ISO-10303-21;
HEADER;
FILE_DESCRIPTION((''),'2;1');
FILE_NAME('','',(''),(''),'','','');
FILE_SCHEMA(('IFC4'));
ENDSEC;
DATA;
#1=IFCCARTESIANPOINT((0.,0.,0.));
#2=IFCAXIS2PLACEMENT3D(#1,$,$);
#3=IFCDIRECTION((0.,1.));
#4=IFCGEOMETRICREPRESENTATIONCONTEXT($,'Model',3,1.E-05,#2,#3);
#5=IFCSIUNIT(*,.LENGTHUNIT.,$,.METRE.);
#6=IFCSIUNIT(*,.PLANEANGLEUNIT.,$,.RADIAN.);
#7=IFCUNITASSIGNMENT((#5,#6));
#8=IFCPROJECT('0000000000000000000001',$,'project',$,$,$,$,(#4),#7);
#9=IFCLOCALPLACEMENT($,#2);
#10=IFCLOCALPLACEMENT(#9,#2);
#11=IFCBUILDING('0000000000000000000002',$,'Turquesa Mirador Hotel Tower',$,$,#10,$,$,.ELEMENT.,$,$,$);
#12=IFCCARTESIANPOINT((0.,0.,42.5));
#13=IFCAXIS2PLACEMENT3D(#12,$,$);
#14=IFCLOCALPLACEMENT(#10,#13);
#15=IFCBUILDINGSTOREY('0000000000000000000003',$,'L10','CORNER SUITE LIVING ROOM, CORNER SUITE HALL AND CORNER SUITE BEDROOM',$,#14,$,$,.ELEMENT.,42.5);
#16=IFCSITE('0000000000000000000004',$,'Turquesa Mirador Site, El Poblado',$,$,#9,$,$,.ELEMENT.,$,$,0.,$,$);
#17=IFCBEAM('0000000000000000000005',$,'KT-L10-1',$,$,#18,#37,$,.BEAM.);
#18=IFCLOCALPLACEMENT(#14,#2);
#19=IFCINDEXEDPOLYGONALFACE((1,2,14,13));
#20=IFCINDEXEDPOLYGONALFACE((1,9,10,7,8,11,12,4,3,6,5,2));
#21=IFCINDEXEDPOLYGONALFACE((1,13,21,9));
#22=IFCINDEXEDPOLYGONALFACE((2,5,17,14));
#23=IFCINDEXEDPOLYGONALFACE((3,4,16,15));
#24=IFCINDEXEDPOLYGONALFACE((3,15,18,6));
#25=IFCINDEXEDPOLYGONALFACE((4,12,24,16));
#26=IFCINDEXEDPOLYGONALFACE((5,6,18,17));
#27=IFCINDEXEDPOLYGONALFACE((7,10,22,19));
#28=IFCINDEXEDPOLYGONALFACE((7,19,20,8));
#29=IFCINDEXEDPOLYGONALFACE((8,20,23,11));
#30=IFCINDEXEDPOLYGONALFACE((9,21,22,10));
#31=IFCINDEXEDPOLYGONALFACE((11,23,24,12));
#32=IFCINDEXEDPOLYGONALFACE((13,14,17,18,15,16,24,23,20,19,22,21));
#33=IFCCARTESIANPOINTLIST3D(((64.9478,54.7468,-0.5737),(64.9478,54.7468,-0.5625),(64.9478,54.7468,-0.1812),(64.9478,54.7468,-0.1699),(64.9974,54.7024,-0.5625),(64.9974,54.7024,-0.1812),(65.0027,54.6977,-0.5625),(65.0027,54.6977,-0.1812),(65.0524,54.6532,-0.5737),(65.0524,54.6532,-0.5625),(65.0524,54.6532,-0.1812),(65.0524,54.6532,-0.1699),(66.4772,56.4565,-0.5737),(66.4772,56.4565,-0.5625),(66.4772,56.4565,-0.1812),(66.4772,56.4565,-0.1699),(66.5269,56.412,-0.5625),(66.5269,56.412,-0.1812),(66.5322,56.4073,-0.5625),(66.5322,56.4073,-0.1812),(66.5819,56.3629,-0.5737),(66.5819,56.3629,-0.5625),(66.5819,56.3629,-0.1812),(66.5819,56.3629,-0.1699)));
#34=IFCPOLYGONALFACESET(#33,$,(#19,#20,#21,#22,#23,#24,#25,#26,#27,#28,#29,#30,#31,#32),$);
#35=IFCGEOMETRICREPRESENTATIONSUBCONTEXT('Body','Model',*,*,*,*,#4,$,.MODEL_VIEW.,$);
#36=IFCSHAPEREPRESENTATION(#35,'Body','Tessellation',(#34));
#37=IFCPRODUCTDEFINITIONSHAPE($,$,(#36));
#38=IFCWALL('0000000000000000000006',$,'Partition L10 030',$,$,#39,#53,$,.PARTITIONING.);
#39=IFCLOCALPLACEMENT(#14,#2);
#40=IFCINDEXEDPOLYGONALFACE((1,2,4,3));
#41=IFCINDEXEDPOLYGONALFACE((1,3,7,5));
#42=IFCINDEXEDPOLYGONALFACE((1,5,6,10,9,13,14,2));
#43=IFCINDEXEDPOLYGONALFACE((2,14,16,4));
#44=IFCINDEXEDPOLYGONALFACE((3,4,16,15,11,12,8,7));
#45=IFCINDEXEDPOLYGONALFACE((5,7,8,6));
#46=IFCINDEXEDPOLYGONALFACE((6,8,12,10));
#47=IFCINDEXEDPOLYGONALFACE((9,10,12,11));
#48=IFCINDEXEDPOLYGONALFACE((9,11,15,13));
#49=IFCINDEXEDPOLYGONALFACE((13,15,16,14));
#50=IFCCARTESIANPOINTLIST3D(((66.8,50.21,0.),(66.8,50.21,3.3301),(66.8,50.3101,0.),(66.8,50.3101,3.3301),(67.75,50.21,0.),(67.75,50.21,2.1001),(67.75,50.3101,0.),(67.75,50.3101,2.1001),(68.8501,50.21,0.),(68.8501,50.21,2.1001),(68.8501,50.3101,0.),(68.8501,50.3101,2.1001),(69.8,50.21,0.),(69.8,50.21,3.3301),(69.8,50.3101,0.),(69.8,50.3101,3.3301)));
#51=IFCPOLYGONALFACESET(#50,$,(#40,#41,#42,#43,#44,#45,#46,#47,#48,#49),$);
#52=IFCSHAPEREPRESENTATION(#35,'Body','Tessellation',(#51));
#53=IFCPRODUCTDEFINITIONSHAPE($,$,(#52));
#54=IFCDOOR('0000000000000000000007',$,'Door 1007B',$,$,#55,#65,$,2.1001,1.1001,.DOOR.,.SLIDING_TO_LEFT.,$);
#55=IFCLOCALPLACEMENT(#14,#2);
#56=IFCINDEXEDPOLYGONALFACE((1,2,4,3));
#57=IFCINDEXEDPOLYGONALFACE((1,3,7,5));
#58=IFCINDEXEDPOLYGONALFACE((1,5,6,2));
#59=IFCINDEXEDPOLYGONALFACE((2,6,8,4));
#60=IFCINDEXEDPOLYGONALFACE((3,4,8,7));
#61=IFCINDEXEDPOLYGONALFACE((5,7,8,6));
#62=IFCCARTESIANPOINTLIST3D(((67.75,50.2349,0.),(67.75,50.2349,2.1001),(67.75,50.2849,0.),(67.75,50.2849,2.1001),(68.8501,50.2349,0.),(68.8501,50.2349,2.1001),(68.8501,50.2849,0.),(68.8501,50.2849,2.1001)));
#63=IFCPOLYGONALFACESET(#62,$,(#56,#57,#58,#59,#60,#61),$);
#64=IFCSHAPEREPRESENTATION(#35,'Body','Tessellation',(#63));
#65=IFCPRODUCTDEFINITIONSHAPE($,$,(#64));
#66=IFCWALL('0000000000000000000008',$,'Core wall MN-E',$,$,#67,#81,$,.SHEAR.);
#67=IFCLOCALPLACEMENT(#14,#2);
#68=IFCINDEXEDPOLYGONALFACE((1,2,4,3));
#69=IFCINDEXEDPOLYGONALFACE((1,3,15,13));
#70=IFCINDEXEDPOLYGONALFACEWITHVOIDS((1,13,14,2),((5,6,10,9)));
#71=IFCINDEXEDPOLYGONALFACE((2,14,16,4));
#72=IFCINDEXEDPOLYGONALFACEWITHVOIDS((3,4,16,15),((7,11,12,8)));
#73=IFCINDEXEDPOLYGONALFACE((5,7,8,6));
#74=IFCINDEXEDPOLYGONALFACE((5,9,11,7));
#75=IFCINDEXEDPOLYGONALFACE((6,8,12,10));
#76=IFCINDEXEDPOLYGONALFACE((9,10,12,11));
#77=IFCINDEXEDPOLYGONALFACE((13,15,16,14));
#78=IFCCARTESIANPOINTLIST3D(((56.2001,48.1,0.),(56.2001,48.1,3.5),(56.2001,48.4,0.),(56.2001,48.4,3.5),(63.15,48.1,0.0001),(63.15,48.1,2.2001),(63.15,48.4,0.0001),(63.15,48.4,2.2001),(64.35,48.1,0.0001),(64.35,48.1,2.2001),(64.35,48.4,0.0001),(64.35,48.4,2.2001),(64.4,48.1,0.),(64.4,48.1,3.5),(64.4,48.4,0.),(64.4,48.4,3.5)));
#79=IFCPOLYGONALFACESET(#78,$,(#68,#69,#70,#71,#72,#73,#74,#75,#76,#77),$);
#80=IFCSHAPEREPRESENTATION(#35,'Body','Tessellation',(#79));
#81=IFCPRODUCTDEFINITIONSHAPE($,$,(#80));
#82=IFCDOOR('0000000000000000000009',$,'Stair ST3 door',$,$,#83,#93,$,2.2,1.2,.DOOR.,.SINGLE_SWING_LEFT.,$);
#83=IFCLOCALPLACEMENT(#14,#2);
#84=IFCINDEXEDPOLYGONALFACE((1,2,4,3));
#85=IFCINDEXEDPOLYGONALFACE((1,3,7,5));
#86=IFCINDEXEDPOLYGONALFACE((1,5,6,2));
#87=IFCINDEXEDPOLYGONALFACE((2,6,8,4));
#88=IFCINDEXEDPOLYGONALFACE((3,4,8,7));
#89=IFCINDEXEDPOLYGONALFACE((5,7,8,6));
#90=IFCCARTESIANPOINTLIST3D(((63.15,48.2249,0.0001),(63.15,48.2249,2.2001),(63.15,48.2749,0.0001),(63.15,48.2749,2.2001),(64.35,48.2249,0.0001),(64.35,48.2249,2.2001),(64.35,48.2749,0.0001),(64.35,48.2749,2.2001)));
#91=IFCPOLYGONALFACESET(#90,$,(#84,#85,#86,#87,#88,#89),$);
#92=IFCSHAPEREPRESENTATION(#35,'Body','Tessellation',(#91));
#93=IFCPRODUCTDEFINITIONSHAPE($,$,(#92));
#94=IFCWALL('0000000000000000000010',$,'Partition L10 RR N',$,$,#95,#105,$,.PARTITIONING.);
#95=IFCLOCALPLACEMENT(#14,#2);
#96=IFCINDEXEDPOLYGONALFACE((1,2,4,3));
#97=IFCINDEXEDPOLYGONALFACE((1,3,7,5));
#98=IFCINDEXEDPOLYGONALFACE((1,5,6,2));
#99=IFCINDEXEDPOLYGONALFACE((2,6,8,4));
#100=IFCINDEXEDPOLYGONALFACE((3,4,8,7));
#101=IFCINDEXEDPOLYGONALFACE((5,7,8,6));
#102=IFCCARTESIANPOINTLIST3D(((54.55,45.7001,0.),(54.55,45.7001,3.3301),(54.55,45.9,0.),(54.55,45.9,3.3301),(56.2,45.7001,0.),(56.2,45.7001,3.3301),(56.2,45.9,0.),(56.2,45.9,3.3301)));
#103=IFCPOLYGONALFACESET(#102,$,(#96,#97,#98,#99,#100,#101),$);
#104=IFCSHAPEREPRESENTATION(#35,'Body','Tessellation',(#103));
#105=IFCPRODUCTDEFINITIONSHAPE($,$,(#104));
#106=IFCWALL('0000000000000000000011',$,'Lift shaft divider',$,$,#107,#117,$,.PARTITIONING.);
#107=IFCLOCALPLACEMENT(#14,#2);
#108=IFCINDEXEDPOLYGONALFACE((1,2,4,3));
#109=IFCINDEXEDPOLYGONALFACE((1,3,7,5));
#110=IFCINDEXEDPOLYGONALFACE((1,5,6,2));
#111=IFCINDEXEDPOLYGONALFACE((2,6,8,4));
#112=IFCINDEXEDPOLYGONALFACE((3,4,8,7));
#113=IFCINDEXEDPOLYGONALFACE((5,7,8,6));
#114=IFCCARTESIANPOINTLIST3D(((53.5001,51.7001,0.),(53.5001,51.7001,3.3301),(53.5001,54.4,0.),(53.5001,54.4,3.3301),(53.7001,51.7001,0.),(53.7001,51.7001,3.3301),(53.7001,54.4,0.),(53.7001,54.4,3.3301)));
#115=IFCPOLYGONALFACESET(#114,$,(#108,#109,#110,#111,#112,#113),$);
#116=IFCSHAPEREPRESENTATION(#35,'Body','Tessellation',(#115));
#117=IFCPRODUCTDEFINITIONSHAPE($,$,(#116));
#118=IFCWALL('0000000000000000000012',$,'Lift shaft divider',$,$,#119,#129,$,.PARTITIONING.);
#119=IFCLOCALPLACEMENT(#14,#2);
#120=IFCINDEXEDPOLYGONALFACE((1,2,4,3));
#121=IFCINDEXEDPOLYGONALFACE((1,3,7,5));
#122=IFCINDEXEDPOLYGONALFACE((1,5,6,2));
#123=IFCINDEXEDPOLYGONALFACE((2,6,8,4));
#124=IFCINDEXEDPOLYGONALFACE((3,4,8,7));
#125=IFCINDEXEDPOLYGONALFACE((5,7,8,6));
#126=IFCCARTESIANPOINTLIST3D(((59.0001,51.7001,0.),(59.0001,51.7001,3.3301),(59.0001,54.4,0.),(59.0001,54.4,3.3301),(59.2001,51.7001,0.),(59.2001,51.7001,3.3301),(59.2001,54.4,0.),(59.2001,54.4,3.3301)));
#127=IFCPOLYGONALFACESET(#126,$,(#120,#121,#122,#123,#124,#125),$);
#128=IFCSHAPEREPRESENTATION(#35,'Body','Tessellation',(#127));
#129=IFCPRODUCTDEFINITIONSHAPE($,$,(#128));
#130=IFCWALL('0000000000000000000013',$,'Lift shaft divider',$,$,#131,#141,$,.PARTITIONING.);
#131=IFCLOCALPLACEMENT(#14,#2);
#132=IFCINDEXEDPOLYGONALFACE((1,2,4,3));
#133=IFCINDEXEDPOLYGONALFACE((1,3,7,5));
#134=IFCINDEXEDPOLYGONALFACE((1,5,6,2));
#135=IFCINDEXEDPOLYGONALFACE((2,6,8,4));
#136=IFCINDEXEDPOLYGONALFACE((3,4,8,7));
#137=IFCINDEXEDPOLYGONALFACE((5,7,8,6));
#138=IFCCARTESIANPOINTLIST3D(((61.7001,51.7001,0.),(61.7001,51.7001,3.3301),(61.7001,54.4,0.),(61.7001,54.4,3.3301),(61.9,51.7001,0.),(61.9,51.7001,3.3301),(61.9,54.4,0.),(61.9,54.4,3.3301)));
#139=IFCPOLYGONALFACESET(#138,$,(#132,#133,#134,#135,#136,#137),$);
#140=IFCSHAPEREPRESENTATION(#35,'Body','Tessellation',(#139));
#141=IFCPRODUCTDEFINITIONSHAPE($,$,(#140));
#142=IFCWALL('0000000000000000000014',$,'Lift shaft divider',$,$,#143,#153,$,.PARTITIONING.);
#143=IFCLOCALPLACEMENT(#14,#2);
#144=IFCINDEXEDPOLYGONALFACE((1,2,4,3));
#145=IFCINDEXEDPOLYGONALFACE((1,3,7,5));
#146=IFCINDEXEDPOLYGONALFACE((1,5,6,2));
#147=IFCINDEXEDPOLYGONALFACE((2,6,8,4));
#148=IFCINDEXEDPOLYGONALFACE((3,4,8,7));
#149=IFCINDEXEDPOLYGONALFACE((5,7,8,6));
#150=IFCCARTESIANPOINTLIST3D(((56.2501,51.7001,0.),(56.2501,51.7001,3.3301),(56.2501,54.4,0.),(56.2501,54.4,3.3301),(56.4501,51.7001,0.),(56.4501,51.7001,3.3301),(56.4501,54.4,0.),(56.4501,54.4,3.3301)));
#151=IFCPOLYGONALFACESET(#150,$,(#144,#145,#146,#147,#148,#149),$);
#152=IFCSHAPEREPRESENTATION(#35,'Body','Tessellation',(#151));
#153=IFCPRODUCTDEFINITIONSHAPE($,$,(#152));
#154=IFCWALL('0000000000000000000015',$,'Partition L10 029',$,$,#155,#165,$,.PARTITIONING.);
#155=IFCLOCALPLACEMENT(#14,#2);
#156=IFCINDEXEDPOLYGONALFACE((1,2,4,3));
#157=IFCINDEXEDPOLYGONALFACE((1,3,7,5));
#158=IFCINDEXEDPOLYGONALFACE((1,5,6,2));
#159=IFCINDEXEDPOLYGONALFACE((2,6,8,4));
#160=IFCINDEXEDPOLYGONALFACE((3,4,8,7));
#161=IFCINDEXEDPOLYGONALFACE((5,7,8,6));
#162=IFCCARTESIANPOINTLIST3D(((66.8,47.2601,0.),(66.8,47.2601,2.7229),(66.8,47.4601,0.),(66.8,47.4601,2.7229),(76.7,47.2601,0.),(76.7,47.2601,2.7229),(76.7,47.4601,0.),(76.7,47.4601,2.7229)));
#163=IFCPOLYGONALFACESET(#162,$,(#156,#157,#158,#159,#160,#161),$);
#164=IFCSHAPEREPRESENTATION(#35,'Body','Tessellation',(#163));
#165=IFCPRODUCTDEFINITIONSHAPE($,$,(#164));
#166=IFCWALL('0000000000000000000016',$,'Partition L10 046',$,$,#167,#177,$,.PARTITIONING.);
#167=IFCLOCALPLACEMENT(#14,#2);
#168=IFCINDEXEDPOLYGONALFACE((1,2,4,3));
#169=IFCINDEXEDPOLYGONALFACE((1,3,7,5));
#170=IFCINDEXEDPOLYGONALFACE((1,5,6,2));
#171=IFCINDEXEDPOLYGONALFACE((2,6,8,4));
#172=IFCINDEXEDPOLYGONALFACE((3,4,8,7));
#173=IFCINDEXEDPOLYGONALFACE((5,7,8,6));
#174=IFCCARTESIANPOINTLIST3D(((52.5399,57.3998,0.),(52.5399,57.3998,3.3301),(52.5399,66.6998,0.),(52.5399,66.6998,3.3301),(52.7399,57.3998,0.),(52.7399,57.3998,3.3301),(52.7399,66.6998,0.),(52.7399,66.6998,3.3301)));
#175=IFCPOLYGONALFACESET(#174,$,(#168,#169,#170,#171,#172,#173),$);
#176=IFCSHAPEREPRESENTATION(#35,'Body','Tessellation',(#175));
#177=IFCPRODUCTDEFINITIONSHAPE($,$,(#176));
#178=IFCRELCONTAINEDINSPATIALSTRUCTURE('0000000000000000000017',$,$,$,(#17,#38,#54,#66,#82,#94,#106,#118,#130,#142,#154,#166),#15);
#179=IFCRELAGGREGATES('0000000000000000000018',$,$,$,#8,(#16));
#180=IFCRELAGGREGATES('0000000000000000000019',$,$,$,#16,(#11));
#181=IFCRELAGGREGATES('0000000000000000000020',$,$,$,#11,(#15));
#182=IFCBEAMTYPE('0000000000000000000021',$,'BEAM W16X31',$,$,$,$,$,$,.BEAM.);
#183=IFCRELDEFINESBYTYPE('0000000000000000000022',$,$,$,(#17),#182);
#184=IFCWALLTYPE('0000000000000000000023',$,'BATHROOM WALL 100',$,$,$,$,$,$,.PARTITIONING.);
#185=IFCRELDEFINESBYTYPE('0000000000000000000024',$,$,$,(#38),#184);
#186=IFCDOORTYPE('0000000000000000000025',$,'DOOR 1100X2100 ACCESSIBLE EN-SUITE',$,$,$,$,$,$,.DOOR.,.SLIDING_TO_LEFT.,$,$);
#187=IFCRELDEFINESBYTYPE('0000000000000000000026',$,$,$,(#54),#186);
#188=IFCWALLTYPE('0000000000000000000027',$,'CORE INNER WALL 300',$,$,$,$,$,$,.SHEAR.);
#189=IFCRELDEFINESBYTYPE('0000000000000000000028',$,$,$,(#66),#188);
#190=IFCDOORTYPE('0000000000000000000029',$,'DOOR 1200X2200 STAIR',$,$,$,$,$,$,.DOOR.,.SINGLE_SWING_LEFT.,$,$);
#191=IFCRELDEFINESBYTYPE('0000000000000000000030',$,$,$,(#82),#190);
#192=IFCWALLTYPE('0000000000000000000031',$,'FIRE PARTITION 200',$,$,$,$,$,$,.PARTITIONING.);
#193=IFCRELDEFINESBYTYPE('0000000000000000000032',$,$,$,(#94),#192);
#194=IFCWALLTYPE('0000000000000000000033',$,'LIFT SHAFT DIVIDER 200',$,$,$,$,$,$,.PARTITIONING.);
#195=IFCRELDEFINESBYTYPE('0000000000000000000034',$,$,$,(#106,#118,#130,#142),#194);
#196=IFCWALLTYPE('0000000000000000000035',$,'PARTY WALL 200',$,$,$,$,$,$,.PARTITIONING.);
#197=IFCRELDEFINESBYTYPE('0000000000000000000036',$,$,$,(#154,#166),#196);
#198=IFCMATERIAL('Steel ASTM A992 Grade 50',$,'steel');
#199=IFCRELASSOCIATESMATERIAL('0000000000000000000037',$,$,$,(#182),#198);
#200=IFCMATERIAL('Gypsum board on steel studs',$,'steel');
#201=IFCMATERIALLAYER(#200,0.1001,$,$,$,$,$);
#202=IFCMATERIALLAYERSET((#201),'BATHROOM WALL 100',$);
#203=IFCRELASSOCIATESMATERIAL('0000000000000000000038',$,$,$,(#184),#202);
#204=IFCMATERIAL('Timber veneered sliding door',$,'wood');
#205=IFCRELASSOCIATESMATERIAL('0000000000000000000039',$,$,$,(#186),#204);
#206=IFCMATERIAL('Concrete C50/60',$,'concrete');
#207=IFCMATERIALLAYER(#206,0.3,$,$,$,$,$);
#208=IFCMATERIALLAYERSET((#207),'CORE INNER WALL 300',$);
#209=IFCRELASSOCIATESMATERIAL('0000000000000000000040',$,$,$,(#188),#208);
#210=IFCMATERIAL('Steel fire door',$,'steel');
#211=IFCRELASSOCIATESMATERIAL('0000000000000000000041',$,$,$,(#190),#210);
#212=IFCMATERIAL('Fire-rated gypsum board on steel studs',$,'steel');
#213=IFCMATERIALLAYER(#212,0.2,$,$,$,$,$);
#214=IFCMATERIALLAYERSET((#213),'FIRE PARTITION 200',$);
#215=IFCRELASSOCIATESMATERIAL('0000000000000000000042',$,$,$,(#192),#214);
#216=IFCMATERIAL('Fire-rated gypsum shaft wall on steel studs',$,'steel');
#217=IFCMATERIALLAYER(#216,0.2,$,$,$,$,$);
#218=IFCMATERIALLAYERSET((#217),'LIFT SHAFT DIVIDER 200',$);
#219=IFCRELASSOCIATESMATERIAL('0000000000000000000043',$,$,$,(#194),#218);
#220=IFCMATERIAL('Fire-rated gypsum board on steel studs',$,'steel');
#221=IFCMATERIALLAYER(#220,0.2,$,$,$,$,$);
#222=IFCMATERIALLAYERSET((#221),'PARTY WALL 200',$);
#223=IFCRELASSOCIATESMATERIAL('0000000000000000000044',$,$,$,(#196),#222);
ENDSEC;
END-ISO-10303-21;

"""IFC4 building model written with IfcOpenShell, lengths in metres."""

from ifc_helpers import new_model, si_unit, direction, frame, frame_2d, origin, origin_2d, place, context, subcontext, project, spatial, rectangle, i_section, extrude, material, layer, layer_set, material_profile, profile_set, type_object, element, fill, save


model = new_model("IFC4")

# Units and contexts
model_context = context("Model", 3, precision=1e-05, world=origin(), true_north=direction((0.0, 1.0)))
body_context = subcontext(model_context, "Body", "Model", "MODEL_VIEW")
ifc_project = project(units=[si_unit("LENGTHUNIT", "METRE"), si_unit("PLANEANGLEUNIT", "RADIAN")], contexts=[model_context])

# Site, building, storey
site_placement = place(None, origin())
site = spatial("IfcSite", under=ifc_project, at=site_placement, Name="Turquesa Mirador Site, El Poblado", CompositionType="ELEMENT", RefElevation=0.0)
building_placement = place(site_placement, origin())
building = spatial("IfcBuilding", under=site, at=building_placement, Name="Turquesa Mirador Hotel Tower", CompositionType="ELEMENT")
storey_placement = place(building_placement, frame((0.0, 0.0, 42.5)))
storey = spatial("IfcBuildingStorey", under=building, at=storey_placement, Name="L10", Description="CORNER SUITE LIVING ROOM, CORNER SUITE HALL AND CORNER SUITE BEDROOM", CompositionType="ELEMENT", Elevation=42.5)

# Beam
ifc_material_1 = material(Name="Steel ASTM A992 Grade 50", Category="steel")
ifc_material_profile = material_profile(ifc_material_1, i_section(OverallWidth=0.1404, OverallDepth=0.4038, WebThickness=0.0071, FlangeThickness=0.0112, at=origin_2d()), Name="W16X31")
ifc_profile_set = profile_set([ifc_material_profile], Name="Steel ASTM A992 Grade 50")
beam_type = type_object("IfcBeamType", Name="BEAM W16X31", PredefinedType="BEAM", material=ifc_profile_set)
beam_placement = place(storey_placement, frame((66.5295, 56.4097, -0.3718), z_axis=(-0.666745, -0.745286, 0.0), x_axis=(0.745286, -0.666745, 0.0)))
element("IfcBeam", 1, at=beam_placement, inside=storey, type_object=beam_type, Name="KT-L10-1", PredefinedType="BEAM", context=body_context, shape_type="SweptSolid", body=[
    extrude(i_section(OverallWidth=0.1404, OverallDepth=0.4038, WebThickness=0.0071, FlangeThickness=0.0112, at=origin_2d()), origin(), (0.0, 0.0, 1.0), 2.2939),
])

# Walls, openings, doors
ifc_material_2 = material(Name="Gypsum board on steel studs", Category="steel")
ifc_layer_1 = layer(ifc_material_2, 0.1001)
ifc_layer_set_1 = layer_set([ifc_layer_1], Name="BATHROOM WALL 100")
wall_type_1 = type_object("IfcWallType", Name="BATHROOM WALL 100", PredefinedType="PARTITIONING", material=ifc_layer_set_1)
wall_1_placement = place(storey_placement, frame((66.8, 50.26, 0.0), z_axis=(0.0, 0.0, 1.0), x_axis=(1.0, 0.0, 0.0)))
wall_1 = element("IfcWall", 2, at=wall_1_placement, inside=storey, type_object=wall_type_1, Name="Partition L10 030", PredefinedType="PARTITIONING", context=body_context, shape_type="SweptSolid", body=[
    extrude(rectangle(XDim=3.0, YDim=0.1001, at=frame_2d((1.5, 0.0))), origin(), (0.0, 0.0, 1.0), 3.3301),
])
opening_1_placement = place(wall_1_placement, frame((0.95, 0.0, 0.0)))
opening_1 = element("IfcOpeningElement", 3, at=opening_1_placement, cuts=wall_1, PredefinedType="OPENING", context=body_context, shape_type="SweptSolid", body=[
    extrude(rectangle(XDim=1.1001, YDim=2.1001, at=frame_2d((0.55, 1.05))), frame((0.0, 0.0601, 0.0), z_axis=(0.0, -1.0, 0.0), x_axis=(1.0, 0.0, 0.0)), (0.0, 0.0, 1.0), 0.1201),
])
ifc_material_3 = material(Name="Timber veneered sliding door", Category="wood")
door_type_1 = type_object("IfcDoorType", Name="DOOR 1100X2100 ACCESSIBLE EN-SUITE", OperationType="SLIDING_TO_LEFT", PredefinedType="DOOR", material=ifc_material_3)
door_1_placement = place(opening_1_placement, origin())
door_1 = element("IfcDoor", 4, at=door_1_placement, inside=storey, type_object=door_type_1, Name="Door 1007B", OperationType="SLIDING_TO_LEFT", OverallHeight=2.1001, OverallWidth=1.1001, PredefinedType="DOOR", context=body_context, shape_type="SweptSolid", body=[
    extrude(rectangle(XDim=1.1001, YDim=2.1001, at=frame_2d((0.55, 1.05))), frame((0.0, 0.0249, 0.0), z_axis=(0.0, -1.0, 0.0), x_axis=(1.0, 0.0, 0.0)), (0.0, 0.0, 1.0), 0.05),
])
fill(opening_1, door_1)
ifc_material_4 = material(Name="Concrete C50/60", Category="concrete")
ifc_layer_2 = layer(ifc_material_4, 0.3)
ifc_layer_set_2 = layer_set([ifc_layer_2], Name="CORE INNER WALL 300")
wall_type_2 = type_object("IfcWallType", Name="CORE INNER WALL 300", PredefinedType="SHEAR", material=ifc_layer_set_2)
wall_2_placement = place(storey_placement, frame((56.2, 48.25, 0.0), z_axis=(0.0, 0.0, 1.0), x_axis=(1.0, 0.0, 0.0)))
wall_2 = element("IfcWall", 5, at=wall_2_placement, inside=storey, type_object=wall_type_2, Name="Core wall MN-E", PredefinedType="SHEAR", context=body_context, shape_type="SweptSolid", body=[
    extrude(rectangle(XDim=8.2, YDim=0.3, at=frame_2d((4.1001, 0.0))), origin(), (0.0, 0.0, 1.0), 3.5),
])
opening_2_placement = place(wall_2_placement, frame((6.95, 0.0, 0.0)))
opening_2 = element("IfcOpeningElement", 6, at=opening_2_placement, cuts=wall_2, PredefinedType="OPENING", context=body_context, shape_type="SweptSolid", body=[
    extrude(rectangle(XDim=1.2, YDim=2.2, at=frame_2d((0.6001, 1.1001))), frame((0.0, 0.1599, 0.0), z_axis=(0.0, -1.0, 0.0), x_axis=(1.0, 0.0, 0.0)), (0.0, 0.0, 1.0), 0.3201),
])
ifc_material_5 = material(Name="Steel fire door", Category="steel")
door_type_2 = type_object("IfcDoorType", Name="DOOR 1200X2200 STAIR", OperationType="SINGLE_SWING_LEFT", PredefinedType="DOOR", material=ifc_material_5)
door_2_placement = place(opening_2_placement, origin())
door_2 = element("IfcDoor", 7, at=door_2_placement, inside=storey, type_object=door_type_2, Name="Stair ST3 door", OperationType="SINGLE_SWING_LEFT", OverallHeight=2.2, OverallWidth=1.2, PredefinedType="DOOR", context=body_context, shape_type="SweptSolid", body=[
    extrude(rectangle(XDim=1.2, YDim=2.2, at=frame_2d((0.6001, 1.1001))), frame((0.0, 0.0249, 0.0), z_axis=(0.0, -1.0, 0.0), x_axis=(1.0, 0.0, 0.0)), (0.0, 0.0, 1.0), 0.05),
])
fill(opening_2, door_2)

# Walls
ifc_material_6 = material(Name="Fire-rated gypsum board on steel studs", Category="steel")
ifc_layer_3 = layer(ifc_material_6, 0.2)
ifc_layer_set_3 = layer_set([ifc_layer_3], Name="FIRE PARTITION 200")
wall_type_3 = type_object("IfcWallType", Name="FIRE PARTITION 200", PredefinedType="PARTITIONING", material=ifc_layer_set_3)
wall_3_placement = place(storey_placement, frame((54.55, 45.8, 0.0), z_axis=(0.0, 0.0, 1.0), x_axis=(1.0, 0.0, 0.0)))
element("IfcWall", 8, at=wall_3_placement, inside=storey, type_object=wall_type_3, Name="Partition L10 RR N", PredefinedType="PARTITIONING", context=body_context, shape_type="SweptSolid", body=[
    extrude(rectangle(XDim=1.6499, YDim=0.2, at=frame_2d((0.825, 0.0))), origin(), (0.0, 0.0, 1.0), 3.3301),
])
ifc_material_7 = material(Name="Fire-rated gypsum shaft wall on steel studs", Category="steel")
ifc_layer_4 = layer(ifc_material_7, 0.2)
ifc_layer_set_4 = layer_set([ifc_layer_4], Name="LIFT SHAFT DIVIDER 200")
wall_type_4 = type_object("IfcWallType", Name="LIFT SHAFT DIVIDER 200", PredefinedType="PARTITIONING", material=ifc_layer_set_4)
for number, where, z_axis, x_axis, name in (
    (9, (53.6001, 51.7, 0.0), (0.0, 0.0, 1.0), (0.0, 1.0, 0.0), "Lift shaft divider"),
    (10, (59.1001, 51.7, 0.0), (0.0, 0.0, 1.0), (0.0, 1.0, 0.0), "Lift shaft divider"),
    (11, (61.8, 51.7, 0.0), (0.0, 0.0, 1.0), (0.0, 1.0, 0.0), "Lift shaft divider"),
    (12, (56.3501, 51.7, 0.0), (0.0, 0.0, 1.0), (0.0, 1.0, 0.0), "Lift shaft divider"),
):
    element("IfcWall", number, at=place(storey_placement, frame(where, z_axis=z_axis, x_axis=x_axis)), inside=storey, type_object=wall_type_4, Name=name, PredefinedType="PARTITIONING", context=body_context, shape_type="SweptSolid", body=[
        extrude(rectangle(XDim=2.7, YDim=0.2, at=frame_2d((1.3501, 0.0))), origin(), (0.0, 0.0, 1.0), 3.3301),
    ])
ifc_material_8 = material(Name="Fire-rated gypsum board on steel studs", Category="steel")
ifc_layer_5 = layer(ifc_material_8, 0.2)
ifc_layer_set_5 = layer_set([ifc_layer_5], Name="PARTY WALL 200")
wall_type_5 = type_object("IfcWallType", Name="PARTY WALL 200", PredefinedType="PARTITIONING", material=ifc_layer_set_5)
wall_4_placement = place(storey_placement, frame((66.8, 47.3601, 0.0), z_axis=(0.0, 0.0, 1.0), x_axis=(1.0, 0.0, 0.0)))
element("IfcWall", 13, at=wall_4_placement, inside=storey, type_object=wall_type_5, Name="Partition L10 029", PredefinedType="PARTITIONING", context=body_context, shape_type="SweptSolid", body=[
    extrude(rectangle(XDim=9.8999, YDim=0.2, at=frame_2d((4.95, 0.0))), origin(), (0.0, 0.0, 1.0), 2.7229),
])
wall_5_placement = place(storey_placement, frame((52.6399, 57.3999, 0.0), z_axis=(0.0, 0.0, 1.0), x_axis=(0.0, 1.0, 0.0)))
element("IfcWall", 14, at=wall_5_placement, inside=storey, type_object=wall_type_5, Name="Partition L10 046", PredefinedType="PARTITIONING", context=body_context, shape_type="SweptSolid", body=[
    extrude(rectangle(XDim=9.3, YDim=0.2, at=frame_2d((4.6499, 0.0))), origin(), (0.0, 0.0, 1.0), 3.3301),
])

save(model, "model.ifc")
